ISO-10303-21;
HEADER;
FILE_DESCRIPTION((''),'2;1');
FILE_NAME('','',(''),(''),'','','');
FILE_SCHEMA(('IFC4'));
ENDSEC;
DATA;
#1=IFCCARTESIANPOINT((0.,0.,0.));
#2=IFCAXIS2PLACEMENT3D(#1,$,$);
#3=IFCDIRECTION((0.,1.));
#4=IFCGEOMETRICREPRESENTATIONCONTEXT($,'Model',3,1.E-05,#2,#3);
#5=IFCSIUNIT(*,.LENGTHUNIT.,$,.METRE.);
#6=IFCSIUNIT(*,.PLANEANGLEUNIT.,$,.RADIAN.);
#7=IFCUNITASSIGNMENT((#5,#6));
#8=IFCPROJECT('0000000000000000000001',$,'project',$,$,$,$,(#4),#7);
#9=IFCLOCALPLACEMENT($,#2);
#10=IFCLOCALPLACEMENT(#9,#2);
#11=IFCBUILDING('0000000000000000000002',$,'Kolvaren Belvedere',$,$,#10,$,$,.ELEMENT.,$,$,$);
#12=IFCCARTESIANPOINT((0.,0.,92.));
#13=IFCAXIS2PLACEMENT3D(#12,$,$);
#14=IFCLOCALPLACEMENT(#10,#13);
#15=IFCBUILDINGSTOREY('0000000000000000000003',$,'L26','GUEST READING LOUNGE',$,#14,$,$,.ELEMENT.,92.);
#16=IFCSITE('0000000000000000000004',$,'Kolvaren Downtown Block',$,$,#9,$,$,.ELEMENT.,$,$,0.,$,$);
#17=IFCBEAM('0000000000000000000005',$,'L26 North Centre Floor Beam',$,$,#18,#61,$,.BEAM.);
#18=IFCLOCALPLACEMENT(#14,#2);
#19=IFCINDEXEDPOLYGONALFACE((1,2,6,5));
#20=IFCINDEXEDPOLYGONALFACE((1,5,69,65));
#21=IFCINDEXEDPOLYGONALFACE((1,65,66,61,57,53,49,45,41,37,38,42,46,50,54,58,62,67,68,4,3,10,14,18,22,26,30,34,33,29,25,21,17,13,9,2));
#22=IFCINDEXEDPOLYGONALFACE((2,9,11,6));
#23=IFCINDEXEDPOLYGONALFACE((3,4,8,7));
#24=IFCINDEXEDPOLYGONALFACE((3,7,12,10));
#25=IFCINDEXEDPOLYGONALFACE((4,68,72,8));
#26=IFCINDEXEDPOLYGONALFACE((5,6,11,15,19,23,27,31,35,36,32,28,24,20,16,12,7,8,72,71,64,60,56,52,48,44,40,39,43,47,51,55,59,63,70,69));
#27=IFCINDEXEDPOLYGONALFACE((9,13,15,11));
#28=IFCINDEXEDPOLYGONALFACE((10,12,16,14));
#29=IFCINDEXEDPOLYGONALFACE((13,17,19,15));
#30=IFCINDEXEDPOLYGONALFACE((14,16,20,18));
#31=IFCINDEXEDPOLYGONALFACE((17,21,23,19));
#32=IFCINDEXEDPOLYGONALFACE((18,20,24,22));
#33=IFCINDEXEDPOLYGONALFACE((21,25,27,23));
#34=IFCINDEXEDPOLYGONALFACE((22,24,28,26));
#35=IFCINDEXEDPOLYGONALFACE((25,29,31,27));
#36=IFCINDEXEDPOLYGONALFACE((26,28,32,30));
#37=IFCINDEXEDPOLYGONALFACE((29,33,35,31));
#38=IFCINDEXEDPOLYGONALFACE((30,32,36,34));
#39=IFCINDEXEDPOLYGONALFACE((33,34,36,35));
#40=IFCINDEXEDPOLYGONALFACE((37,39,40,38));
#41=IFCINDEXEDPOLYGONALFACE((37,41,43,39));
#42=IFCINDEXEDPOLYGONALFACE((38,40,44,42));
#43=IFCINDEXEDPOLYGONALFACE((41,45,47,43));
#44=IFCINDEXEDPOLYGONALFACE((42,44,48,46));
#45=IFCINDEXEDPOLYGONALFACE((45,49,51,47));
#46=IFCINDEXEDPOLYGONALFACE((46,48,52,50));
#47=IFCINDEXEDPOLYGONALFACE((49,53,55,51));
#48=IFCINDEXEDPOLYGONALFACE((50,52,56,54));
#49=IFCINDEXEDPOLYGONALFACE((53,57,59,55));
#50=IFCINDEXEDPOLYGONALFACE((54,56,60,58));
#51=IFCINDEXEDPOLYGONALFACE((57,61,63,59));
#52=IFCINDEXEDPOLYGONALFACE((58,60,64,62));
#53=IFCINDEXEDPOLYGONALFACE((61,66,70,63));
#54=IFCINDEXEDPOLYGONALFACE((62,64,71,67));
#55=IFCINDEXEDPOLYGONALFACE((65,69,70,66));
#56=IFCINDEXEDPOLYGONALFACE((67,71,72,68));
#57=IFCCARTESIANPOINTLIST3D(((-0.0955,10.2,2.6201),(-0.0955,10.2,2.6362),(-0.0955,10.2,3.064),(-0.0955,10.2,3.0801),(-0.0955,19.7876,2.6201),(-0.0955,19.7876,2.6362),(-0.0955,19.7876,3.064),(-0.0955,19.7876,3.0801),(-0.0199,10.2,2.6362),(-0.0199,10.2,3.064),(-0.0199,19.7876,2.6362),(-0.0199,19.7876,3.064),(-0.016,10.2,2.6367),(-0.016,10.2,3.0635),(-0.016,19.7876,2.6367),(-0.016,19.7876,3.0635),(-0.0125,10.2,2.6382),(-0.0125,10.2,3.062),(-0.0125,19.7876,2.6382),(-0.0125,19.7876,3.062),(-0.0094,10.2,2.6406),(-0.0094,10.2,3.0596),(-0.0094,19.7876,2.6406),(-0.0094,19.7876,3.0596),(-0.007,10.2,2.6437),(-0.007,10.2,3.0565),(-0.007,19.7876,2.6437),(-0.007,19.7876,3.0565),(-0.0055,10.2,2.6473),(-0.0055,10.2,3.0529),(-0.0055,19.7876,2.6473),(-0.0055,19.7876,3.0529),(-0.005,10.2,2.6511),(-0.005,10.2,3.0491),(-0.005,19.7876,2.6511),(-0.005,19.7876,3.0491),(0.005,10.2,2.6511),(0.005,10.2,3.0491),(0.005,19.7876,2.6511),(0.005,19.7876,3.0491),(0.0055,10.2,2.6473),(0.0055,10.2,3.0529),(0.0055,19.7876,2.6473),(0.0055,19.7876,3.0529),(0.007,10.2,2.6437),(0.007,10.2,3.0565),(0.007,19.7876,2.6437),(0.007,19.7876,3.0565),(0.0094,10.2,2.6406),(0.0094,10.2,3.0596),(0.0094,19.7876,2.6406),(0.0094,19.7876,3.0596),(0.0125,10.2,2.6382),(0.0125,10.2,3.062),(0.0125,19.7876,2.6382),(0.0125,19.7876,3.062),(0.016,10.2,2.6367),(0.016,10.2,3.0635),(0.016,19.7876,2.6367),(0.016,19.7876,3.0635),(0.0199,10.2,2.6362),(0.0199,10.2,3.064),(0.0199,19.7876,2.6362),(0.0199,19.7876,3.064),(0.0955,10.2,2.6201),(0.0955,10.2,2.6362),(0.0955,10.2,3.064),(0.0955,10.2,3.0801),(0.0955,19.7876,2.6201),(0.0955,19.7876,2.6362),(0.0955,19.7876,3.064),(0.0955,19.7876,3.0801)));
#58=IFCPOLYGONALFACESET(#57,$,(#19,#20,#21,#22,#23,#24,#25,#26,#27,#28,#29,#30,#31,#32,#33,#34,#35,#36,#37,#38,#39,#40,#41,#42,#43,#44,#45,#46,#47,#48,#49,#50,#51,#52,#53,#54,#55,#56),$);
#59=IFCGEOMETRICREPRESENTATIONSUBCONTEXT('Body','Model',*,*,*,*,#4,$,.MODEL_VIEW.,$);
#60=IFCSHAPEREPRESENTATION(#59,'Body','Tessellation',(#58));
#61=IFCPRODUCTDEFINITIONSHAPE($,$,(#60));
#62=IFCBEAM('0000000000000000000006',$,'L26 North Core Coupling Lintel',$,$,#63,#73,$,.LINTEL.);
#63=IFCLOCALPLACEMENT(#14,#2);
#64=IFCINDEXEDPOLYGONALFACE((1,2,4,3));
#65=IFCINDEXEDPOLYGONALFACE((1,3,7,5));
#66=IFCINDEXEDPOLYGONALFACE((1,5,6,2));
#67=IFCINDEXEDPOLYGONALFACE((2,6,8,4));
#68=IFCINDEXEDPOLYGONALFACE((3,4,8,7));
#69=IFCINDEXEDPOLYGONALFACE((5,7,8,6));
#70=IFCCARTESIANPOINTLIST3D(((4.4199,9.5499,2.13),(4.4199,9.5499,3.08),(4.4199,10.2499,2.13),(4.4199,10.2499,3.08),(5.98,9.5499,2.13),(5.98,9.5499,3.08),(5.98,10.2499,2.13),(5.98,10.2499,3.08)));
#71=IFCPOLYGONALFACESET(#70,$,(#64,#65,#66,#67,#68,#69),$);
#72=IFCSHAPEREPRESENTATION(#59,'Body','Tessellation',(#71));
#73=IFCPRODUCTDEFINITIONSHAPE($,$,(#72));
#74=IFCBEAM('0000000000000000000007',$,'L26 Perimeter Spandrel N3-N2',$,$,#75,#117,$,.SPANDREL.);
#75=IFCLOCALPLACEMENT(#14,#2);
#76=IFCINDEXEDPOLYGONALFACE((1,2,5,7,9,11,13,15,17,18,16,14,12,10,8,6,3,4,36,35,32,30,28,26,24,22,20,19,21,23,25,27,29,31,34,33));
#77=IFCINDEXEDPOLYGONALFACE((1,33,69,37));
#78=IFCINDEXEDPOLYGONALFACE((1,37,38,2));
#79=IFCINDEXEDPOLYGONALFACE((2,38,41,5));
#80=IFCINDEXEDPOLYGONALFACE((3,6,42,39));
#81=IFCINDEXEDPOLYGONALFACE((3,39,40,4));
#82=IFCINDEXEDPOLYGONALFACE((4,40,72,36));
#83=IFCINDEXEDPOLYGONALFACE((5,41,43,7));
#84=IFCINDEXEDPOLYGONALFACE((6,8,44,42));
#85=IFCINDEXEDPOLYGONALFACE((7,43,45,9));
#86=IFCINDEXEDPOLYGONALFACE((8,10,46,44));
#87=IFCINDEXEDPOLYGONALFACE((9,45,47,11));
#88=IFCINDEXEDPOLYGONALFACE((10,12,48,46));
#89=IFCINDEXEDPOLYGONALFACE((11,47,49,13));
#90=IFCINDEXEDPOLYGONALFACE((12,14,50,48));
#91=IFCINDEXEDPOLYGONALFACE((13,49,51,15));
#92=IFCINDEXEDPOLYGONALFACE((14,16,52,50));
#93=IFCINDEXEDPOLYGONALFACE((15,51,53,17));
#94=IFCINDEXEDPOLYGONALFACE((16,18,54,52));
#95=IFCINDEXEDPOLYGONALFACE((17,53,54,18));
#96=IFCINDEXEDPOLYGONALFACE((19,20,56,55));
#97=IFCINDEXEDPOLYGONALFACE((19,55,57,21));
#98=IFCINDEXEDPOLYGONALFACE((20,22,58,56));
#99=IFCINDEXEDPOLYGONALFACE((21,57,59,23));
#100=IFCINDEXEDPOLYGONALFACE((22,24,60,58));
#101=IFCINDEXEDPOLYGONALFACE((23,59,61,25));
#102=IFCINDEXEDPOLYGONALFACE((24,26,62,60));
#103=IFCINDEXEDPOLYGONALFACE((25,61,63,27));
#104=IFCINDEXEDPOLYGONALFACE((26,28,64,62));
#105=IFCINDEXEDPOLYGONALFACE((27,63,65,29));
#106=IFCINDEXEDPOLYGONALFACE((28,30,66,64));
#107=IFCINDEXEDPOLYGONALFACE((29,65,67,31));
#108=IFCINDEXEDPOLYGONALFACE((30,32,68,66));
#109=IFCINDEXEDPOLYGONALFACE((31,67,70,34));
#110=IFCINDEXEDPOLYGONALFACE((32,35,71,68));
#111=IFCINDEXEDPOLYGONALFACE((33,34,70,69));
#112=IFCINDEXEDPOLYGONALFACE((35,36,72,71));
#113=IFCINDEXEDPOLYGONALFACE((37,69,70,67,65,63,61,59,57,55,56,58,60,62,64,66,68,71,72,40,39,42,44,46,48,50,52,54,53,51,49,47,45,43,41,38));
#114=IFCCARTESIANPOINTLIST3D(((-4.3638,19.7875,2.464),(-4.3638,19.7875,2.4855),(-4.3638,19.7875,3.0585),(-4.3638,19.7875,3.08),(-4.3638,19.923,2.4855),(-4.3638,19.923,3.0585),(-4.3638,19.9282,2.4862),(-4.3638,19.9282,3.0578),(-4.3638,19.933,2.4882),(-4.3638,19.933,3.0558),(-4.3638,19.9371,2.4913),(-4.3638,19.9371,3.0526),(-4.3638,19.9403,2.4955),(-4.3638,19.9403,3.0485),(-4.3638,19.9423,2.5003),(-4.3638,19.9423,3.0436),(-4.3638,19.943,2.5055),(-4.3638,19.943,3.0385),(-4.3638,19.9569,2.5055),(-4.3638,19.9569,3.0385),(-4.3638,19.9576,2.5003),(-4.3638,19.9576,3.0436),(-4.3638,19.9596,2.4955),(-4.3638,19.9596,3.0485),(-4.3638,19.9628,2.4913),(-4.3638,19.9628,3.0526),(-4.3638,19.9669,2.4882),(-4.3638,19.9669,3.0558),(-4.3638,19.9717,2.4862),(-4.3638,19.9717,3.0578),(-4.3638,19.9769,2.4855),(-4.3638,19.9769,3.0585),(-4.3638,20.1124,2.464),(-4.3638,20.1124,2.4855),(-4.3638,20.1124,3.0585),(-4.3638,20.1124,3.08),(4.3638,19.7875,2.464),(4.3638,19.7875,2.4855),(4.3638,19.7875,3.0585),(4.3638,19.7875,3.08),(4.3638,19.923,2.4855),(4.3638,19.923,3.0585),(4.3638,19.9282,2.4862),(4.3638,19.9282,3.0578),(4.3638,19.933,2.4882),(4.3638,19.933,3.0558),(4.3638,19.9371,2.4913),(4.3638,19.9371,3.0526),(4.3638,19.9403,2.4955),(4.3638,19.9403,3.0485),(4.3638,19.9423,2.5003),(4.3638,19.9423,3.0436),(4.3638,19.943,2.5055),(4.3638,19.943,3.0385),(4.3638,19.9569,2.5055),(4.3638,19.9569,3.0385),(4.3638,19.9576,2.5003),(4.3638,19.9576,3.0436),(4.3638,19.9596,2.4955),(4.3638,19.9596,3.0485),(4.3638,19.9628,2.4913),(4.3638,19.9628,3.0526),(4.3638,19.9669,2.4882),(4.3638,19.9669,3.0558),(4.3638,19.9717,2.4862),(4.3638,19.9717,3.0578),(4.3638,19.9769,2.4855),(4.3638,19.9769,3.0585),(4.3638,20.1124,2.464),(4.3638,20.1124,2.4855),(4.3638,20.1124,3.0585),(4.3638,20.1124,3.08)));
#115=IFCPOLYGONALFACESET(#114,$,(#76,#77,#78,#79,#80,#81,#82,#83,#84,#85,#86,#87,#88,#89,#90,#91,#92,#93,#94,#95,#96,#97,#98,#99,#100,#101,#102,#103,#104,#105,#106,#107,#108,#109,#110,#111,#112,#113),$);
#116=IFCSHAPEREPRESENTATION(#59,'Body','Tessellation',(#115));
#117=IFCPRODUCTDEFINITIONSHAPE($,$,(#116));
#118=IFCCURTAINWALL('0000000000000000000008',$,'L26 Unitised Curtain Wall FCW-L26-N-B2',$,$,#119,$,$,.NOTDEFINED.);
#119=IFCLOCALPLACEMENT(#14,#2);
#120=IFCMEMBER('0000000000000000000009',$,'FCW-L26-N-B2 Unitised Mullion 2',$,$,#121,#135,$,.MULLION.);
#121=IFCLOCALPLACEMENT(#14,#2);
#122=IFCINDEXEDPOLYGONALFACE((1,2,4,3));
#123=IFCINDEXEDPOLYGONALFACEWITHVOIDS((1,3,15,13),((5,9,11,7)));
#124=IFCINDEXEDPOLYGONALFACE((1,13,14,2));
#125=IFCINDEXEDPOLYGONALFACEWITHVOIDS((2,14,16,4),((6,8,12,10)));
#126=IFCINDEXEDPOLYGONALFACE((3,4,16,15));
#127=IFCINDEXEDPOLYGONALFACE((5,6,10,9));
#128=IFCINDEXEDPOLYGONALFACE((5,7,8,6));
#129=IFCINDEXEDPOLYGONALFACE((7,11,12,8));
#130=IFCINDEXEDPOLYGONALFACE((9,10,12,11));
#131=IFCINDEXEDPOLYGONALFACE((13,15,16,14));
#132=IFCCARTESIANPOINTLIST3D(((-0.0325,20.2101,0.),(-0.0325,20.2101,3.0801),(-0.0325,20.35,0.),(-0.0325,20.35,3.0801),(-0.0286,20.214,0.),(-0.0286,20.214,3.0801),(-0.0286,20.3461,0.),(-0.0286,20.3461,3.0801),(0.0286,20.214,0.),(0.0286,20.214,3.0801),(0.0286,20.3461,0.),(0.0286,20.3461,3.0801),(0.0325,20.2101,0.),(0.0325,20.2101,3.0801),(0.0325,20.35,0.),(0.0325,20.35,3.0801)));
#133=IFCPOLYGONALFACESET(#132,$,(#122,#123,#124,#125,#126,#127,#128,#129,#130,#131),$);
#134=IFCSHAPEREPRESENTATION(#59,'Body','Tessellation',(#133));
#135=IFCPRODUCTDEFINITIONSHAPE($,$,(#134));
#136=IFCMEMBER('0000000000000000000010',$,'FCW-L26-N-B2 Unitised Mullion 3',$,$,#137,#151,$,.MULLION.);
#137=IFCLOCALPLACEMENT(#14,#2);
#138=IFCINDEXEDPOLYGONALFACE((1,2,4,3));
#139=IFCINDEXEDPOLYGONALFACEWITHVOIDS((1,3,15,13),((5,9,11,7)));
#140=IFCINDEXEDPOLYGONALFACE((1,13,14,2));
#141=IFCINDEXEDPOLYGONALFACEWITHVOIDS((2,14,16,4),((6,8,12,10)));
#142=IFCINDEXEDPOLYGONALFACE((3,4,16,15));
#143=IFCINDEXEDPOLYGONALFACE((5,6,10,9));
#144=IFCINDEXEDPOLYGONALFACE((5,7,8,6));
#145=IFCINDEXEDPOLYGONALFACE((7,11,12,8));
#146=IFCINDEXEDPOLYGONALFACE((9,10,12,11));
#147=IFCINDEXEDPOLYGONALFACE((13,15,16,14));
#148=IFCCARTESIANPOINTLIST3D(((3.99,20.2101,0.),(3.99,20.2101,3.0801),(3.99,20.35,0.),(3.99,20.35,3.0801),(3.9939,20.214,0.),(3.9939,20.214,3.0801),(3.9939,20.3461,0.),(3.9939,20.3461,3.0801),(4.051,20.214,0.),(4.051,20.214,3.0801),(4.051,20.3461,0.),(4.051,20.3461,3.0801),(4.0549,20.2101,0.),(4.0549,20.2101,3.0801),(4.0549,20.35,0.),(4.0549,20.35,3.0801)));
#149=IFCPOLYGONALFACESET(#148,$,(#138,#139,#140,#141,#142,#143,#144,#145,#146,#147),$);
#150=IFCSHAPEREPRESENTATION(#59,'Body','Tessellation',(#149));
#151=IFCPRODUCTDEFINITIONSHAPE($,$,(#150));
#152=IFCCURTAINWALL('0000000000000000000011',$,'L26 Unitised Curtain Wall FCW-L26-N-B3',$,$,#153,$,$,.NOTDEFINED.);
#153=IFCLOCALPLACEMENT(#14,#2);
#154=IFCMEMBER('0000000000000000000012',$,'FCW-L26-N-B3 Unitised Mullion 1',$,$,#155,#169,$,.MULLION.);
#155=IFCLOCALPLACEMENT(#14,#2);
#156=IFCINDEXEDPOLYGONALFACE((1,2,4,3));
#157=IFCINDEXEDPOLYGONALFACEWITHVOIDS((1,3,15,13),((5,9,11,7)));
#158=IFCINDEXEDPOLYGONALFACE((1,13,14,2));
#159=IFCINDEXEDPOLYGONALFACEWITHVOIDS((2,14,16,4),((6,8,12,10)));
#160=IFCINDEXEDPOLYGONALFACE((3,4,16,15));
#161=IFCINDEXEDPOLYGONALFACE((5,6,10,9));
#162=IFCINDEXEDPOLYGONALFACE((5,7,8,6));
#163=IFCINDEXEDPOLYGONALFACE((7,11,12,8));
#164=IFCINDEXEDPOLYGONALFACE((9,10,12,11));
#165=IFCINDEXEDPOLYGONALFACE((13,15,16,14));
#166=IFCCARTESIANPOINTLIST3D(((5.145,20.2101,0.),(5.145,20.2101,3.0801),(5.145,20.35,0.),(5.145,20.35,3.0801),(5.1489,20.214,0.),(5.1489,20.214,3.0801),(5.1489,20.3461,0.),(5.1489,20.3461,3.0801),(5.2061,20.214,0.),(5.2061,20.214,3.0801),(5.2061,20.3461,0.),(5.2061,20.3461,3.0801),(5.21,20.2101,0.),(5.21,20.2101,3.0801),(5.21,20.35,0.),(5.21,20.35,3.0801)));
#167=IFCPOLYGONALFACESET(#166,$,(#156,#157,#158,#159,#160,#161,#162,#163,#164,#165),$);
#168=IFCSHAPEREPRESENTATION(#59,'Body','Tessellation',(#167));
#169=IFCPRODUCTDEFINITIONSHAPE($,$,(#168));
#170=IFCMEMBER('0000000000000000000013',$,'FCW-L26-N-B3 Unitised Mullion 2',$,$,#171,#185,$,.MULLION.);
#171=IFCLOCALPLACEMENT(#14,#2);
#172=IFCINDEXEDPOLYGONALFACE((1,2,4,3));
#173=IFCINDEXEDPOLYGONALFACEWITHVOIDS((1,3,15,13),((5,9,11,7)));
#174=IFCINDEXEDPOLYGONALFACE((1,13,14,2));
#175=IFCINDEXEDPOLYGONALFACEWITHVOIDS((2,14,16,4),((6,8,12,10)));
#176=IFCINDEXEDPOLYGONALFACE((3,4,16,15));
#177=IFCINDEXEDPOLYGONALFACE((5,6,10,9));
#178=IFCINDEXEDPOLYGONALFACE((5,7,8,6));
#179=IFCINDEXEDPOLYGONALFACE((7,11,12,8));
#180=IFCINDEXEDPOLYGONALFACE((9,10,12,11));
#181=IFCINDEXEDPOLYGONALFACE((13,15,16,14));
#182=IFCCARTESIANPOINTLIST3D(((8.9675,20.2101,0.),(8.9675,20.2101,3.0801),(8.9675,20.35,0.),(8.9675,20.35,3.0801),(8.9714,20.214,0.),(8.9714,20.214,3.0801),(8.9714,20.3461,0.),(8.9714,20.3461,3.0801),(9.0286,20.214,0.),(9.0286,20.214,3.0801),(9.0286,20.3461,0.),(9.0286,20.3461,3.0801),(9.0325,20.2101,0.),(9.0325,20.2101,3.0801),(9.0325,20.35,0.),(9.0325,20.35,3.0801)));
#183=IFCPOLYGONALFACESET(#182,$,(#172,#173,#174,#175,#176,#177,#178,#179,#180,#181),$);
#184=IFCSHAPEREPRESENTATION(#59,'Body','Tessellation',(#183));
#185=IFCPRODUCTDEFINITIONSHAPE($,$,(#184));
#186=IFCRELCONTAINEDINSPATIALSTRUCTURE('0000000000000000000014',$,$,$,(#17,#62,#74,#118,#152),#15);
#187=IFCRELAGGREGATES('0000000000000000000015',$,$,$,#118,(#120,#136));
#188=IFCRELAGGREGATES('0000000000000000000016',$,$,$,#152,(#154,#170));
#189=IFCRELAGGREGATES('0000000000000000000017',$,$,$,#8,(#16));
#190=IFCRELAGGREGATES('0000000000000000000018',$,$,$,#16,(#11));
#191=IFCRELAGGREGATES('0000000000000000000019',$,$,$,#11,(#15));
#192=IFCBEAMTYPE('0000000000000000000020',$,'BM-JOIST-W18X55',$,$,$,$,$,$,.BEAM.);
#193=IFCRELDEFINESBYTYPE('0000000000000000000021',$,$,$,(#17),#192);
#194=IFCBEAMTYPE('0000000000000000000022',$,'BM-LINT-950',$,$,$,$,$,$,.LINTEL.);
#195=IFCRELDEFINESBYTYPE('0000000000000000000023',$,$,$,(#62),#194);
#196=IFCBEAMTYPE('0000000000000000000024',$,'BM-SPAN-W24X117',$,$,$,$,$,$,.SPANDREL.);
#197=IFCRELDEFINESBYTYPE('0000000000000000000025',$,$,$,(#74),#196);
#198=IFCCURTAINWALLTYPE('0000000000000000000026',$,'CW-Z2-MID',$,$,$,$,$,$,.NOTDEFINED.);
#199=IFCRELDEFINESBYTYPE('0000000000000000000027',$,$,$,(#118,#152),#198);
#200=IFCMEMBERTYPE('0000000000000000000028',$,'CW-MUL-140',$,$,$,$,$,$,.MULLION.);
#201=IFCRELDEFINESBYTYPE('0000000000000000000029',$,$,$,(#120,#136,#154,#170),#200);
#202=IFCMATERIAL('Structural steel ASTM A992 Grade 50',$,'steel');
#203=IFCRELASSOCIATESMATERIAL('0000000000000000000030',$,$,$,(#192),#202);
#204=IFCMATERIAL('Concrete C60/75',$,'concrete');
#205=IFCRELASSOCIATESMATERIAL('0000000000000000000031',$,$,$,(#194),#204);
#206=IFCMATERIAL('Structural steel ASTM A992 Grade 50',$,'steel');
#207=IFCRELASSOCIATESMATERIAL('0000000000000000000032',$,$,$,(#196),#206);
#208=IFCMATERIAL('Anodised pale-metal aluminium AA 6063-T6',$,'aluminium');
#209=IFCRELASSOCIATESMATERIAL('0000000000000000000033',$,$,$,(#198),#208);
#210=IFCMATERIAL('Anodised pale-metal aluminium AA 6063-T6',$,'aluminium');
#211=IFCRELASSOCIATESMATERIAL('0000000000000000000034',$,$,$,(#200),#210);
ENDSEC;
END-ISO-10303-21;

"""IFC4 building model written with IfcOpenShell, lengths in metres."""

from ifc_helpers import new_model, si_unit, direction, frame, origin, origin_2d, place, context, subcontext, project, spatial, rectangle, hollow_rectangle, i_section, extrude, material, material_profile, profile_set, type_object, element, aggregate, save


model = new_model("IFC4")

# Units and contexts
model_context = context("Model", 3, precision=1e-05, world=origin(), true_north=direction((0.0, 1.0)))
body_context = subcontext(model_context, "Body", "Model", "MODEL_VIEW")
ifc_project = project(units=[si_unit("LENGTHUNIT", "METRE"), si_unit("PLANEANGLEUNIT", "RADIAN")], contexts=[model_context])

# Site, building, storey
site_placement = place(None, origin())
site = spatial("IfcSite", under=ifc_project, at=site_placement, Name="Kolvaren Downtown Block", CompositionType="ELEMENT", RefElevation=0.0)
building_placement = place(site_placement, origin())
building = spatial("IfcBuilding", under=site, at=building_placement, Name="Kolvaren Belvedere", CompositionType="ELEMENT")
storey_placement = place(building_placement, frame((0.0, 0.0, 92.0)))
storey = spatial("IfcBuildingStorey", under=building, at=storey_placement, Name="L26", Description="GUEST READING LOUNGE", CompositionType="ELEMENT", Elevation=92.0)

# Beams
ifc_material_1 = material(Name="Structural steel ASTM A992 Grade 50", Category="steel")
ifc_material_profile_1 = material_profile(ifc_material_1, i_section(OverallWidth=0.1909, OverallDepth=0.46, WebThickness=0.01, FlangeThickness=0.0161, FilletRadius=0.0149, at=origin_2d()), Name="W18X55")
ifc_profile_set_1 = profile_set([ifc_material_profile_1], Name="Structural steel ASTM A992 Grade 50")
beam_type_1 = type_object("IfcBeamType", Name="BM-JOIST-W18X55", PredefinedType="BEAM", material=ifc_profile_set_1)
beam_1_placement = place(storey_placement, frame((0.0, 10.2, 2.8501), z_axis=(0.0, 1.0, 0.0), x_axis=(-1.0, 0.0, 0.0)))
element("IfcBeam", 1, at=beam_1_placement, inside=storey, type_object=beam_type_1, Name="L26 North Centre Floor Beam", PredefinedType="BEAM", context=body_context, shape_type="SweptSolid", body=[
    extrude(i_section(OverallWidth=0.1909, OverallDepth=0.46, WebThickness=0.01, FlangeThickness=0.0161, FilletRadius=0.0149, at=origin_2d()), origin(), (0.0, 0.0, 1.0), 9.5876),
])
ifc_material_2 = material(Name="Concrete C60/75", Category="concrete")
ifc_material_profile_2 = material_profile(ifc_material_2, rectangle(XDim=0.7, YDim=0.95, at=origin_2d()), Name="RC 700X950")
ifc_profile_set_2 = profile_set([ifc_material_profile_2], Name="Concrete C60/75")
beam_type_2 = type_object("IfcBeamType", Name="BM-LINT-950", PredefinedType="LINTEL", material=ifc_profile_set_2)
beam_2_placement = place(storey_placement, frame((4.4199, 9.8999, 2.605), z_axis=(1.0, 0.0, 0.0), x_axis=(0.0, 1.0, 0.0)))
element("IfcBeam", 2, at=beam_2_placement, inside=storey, type_object=beam_type_2, Name="L26 North Core Coupling Lintel", PredefinedType="LINTEL", context=body_context, shape_type="SweptSolid", body=[
    extrude(rectangle(XDim=0.7, YDim=0.95, at=origin_2d()), origin(), (0.0, 0.0, 1.0), 1.5601),
])
ifc_material_3 = material(Name="Structural steel ASTM A992 Grade 50", Category="steel")
ifc_material_profile_3 = material_profile(ifc_material_3, i_section(OverallWidth=0.325, OverallDepth=0.616, WebThickness=0.0139, FlangeThickness=0.0215, FilletRadius=0.02, at=origin_2d()), Name="W24X117")
ifc_profile_set_3 = profile_set([ifc_material_profile_3], Name="Structural steel ASTM A992 Grade 50")
beam_type_3 = type_object("IfcBeamType", Name="BM-SPAN-W24X117", PredefinedType="SPANDREL", material=ifc_profile_set_3)
beam_3_placement = place(storey_placement, frame((4.3638, 19.95, 2.772), z_axis=(-1.0, 0.0, 0.0), x_axis=(0.0, -1.0, 0.0)))
element("IfcBeam", 3, at=beam_3_placement, inside=storey, type_object=beam_type_3, Name="L26 Perimeter Spandrel N3-N2", PredefinedType="SPANDREL", context=body_context, shape_type="SweptSolid", body=[
    extrude(i_section(OverallWidth=0.325, OverallDepth=0.616, WebThickness=0.0139, FlangeThickness=0.0215, FilletRadius=0.02, at=origin_2d()), origin(), (0.0, 0.0, 1.0), 8.7275),
])

# Curtain walls, members
ifc_material_4 = material(Name="Anodised pale-metal aluminium AA 6063-T6", Category="aluminium")
curtain_wall_type = type_object("IfcCurtainWallType", Name="CW-Z2-MID", PredefinedType="NOTDEFINED", material=ifc_material_4)
curtain_wall_1_placement = place(storey_placement, origin())
curtain_wall_1 = element("IfcCurtainWall", 4, at=curtain_wall_1_placement, inside=storey, type_object=curtain_wall_type, Name="L26 Unitised Curtain Wall FCW-L26-N-B2", PredefinedType="NOTDEFINED")
ifc_material_5 = material(Name="Anodised pale-metal aluminium AA 6063-T6", Category="aluminium")
ifc_material_profile_4 = material_profile(ifc_material_5, hollow_rectangle(XDim=0.0649, YDim=0.1399, WallThickness=0.0039, at=origin_2d()), Name="ALU-MUL-140X65")
ifc_profile_set_4 = profile_set([ifc_material_profile_4], Name="Anodised pale-metal aluminium AA 6063-T6")
member_type_1 = type_object("IfcMemberType", Name="CW-MUL-140", PredefinedType="MULLION", material=ifc_profile_set_4)
member_1_placement = place(storey_placement, frame((0.0, 20.28, 0.0), z_axis=(0.0, 0.0, 1.0), x_axis=(1.0, 0.0, 0.0)))
member_1 = element("IfcMember", 5, at=member_1_placement, type_object=member_type_1, Name="FCW-L26-N-B2 Unitised Mullion 2", PredefinedType="MULLION", context=body_context, shape_type="SweptSolid", body=[
    extrude(hollow_rectangle(XDim=0.0649, YDim=0.1399, WallThickness=0.0039, at=origin_2d()), origin(), (0.0, 0.0, 1.0), 3.0801),
])
member_2_placement = place(storey_placement, frame((4.0225, 20.28, 0.0), z_axis=(0.0, 0.0, 1.0), x_axis=(1.0, 0.0, 0.0)))
member_2 = element("IfcMember", 6, at=member_2_placement, type_object=member_type_1, Name="FCW-L26-N-B2 Unitised Mullion 3", PredefinedType="MULLION", context=body_context, shape_type="SweptSolid", body=[
    extrude(hollow_rectangle(XDim=0.0649, YDim=0.1399, WallThickness=0.0039, at=origin_2d()), origin(), (0.0, 0.0, 1.0), 3.0801),
])
curtain_wall_2_placement = place(storey_placement, origin())
curtain_wall_2 = element("IfcCurtainWall", 7, at=curtain_wall_2_placement, inside=storey, type_object=curtain_wall_type, Name="L26 Unitised Curtain Wall FCW-L26-N-B3", PredefinedType="NOTDEFINED")
member_3_placement = place(storey_placement, frame((5.1775, 20.28, 0.0), z_axis=(0.0, 0.0, 1.0), x_axis=(1.0, 0.0, 0.0)))
member_3 = element("IfcMember", 8, at=member_3_placement, type_object=member_type_1, Name="FCW-L26-N-B3 Unitised Mullion 1", PredefinedType="MULLION", context=body_context, shape_type="SweptSolid", body=[
    extrude(hollow_rectangle(XDim=0.0649, YDim=0.1399, WallThickness=0.0039, at=origin_2d()), origin(), (0.0, 0.0, 1.0), 3.0801),
])
member_4_placement = place(storey_placement, frame((9.0, 20.28, 0.0), z_axis=(0.0, 0.0, 1.0), x_axis=(1.0, 0.0, 0.0)))
member_4 = element("IfcMember", 9, at=member_4_placement, type_object=member_type_1, Name="FCW-L26-N-B3 Unitised Mullion 2", PredefinedType="MULLION", context=body_context, shape_type="SweptSolid", body=[
    extrude(hollow_rectangle(XDim=0.0649, YDim=0.1399, WallThickness=0.0039, at=origin_2d()), origin(), (0.0, 0.0, 1.0), 3.0801),
])

aggregate(curtain_wall_1, [member_1, member_2])
aggregate(curtain_wall_2, [member_3, member_4])

save(model, "model.ifc")
